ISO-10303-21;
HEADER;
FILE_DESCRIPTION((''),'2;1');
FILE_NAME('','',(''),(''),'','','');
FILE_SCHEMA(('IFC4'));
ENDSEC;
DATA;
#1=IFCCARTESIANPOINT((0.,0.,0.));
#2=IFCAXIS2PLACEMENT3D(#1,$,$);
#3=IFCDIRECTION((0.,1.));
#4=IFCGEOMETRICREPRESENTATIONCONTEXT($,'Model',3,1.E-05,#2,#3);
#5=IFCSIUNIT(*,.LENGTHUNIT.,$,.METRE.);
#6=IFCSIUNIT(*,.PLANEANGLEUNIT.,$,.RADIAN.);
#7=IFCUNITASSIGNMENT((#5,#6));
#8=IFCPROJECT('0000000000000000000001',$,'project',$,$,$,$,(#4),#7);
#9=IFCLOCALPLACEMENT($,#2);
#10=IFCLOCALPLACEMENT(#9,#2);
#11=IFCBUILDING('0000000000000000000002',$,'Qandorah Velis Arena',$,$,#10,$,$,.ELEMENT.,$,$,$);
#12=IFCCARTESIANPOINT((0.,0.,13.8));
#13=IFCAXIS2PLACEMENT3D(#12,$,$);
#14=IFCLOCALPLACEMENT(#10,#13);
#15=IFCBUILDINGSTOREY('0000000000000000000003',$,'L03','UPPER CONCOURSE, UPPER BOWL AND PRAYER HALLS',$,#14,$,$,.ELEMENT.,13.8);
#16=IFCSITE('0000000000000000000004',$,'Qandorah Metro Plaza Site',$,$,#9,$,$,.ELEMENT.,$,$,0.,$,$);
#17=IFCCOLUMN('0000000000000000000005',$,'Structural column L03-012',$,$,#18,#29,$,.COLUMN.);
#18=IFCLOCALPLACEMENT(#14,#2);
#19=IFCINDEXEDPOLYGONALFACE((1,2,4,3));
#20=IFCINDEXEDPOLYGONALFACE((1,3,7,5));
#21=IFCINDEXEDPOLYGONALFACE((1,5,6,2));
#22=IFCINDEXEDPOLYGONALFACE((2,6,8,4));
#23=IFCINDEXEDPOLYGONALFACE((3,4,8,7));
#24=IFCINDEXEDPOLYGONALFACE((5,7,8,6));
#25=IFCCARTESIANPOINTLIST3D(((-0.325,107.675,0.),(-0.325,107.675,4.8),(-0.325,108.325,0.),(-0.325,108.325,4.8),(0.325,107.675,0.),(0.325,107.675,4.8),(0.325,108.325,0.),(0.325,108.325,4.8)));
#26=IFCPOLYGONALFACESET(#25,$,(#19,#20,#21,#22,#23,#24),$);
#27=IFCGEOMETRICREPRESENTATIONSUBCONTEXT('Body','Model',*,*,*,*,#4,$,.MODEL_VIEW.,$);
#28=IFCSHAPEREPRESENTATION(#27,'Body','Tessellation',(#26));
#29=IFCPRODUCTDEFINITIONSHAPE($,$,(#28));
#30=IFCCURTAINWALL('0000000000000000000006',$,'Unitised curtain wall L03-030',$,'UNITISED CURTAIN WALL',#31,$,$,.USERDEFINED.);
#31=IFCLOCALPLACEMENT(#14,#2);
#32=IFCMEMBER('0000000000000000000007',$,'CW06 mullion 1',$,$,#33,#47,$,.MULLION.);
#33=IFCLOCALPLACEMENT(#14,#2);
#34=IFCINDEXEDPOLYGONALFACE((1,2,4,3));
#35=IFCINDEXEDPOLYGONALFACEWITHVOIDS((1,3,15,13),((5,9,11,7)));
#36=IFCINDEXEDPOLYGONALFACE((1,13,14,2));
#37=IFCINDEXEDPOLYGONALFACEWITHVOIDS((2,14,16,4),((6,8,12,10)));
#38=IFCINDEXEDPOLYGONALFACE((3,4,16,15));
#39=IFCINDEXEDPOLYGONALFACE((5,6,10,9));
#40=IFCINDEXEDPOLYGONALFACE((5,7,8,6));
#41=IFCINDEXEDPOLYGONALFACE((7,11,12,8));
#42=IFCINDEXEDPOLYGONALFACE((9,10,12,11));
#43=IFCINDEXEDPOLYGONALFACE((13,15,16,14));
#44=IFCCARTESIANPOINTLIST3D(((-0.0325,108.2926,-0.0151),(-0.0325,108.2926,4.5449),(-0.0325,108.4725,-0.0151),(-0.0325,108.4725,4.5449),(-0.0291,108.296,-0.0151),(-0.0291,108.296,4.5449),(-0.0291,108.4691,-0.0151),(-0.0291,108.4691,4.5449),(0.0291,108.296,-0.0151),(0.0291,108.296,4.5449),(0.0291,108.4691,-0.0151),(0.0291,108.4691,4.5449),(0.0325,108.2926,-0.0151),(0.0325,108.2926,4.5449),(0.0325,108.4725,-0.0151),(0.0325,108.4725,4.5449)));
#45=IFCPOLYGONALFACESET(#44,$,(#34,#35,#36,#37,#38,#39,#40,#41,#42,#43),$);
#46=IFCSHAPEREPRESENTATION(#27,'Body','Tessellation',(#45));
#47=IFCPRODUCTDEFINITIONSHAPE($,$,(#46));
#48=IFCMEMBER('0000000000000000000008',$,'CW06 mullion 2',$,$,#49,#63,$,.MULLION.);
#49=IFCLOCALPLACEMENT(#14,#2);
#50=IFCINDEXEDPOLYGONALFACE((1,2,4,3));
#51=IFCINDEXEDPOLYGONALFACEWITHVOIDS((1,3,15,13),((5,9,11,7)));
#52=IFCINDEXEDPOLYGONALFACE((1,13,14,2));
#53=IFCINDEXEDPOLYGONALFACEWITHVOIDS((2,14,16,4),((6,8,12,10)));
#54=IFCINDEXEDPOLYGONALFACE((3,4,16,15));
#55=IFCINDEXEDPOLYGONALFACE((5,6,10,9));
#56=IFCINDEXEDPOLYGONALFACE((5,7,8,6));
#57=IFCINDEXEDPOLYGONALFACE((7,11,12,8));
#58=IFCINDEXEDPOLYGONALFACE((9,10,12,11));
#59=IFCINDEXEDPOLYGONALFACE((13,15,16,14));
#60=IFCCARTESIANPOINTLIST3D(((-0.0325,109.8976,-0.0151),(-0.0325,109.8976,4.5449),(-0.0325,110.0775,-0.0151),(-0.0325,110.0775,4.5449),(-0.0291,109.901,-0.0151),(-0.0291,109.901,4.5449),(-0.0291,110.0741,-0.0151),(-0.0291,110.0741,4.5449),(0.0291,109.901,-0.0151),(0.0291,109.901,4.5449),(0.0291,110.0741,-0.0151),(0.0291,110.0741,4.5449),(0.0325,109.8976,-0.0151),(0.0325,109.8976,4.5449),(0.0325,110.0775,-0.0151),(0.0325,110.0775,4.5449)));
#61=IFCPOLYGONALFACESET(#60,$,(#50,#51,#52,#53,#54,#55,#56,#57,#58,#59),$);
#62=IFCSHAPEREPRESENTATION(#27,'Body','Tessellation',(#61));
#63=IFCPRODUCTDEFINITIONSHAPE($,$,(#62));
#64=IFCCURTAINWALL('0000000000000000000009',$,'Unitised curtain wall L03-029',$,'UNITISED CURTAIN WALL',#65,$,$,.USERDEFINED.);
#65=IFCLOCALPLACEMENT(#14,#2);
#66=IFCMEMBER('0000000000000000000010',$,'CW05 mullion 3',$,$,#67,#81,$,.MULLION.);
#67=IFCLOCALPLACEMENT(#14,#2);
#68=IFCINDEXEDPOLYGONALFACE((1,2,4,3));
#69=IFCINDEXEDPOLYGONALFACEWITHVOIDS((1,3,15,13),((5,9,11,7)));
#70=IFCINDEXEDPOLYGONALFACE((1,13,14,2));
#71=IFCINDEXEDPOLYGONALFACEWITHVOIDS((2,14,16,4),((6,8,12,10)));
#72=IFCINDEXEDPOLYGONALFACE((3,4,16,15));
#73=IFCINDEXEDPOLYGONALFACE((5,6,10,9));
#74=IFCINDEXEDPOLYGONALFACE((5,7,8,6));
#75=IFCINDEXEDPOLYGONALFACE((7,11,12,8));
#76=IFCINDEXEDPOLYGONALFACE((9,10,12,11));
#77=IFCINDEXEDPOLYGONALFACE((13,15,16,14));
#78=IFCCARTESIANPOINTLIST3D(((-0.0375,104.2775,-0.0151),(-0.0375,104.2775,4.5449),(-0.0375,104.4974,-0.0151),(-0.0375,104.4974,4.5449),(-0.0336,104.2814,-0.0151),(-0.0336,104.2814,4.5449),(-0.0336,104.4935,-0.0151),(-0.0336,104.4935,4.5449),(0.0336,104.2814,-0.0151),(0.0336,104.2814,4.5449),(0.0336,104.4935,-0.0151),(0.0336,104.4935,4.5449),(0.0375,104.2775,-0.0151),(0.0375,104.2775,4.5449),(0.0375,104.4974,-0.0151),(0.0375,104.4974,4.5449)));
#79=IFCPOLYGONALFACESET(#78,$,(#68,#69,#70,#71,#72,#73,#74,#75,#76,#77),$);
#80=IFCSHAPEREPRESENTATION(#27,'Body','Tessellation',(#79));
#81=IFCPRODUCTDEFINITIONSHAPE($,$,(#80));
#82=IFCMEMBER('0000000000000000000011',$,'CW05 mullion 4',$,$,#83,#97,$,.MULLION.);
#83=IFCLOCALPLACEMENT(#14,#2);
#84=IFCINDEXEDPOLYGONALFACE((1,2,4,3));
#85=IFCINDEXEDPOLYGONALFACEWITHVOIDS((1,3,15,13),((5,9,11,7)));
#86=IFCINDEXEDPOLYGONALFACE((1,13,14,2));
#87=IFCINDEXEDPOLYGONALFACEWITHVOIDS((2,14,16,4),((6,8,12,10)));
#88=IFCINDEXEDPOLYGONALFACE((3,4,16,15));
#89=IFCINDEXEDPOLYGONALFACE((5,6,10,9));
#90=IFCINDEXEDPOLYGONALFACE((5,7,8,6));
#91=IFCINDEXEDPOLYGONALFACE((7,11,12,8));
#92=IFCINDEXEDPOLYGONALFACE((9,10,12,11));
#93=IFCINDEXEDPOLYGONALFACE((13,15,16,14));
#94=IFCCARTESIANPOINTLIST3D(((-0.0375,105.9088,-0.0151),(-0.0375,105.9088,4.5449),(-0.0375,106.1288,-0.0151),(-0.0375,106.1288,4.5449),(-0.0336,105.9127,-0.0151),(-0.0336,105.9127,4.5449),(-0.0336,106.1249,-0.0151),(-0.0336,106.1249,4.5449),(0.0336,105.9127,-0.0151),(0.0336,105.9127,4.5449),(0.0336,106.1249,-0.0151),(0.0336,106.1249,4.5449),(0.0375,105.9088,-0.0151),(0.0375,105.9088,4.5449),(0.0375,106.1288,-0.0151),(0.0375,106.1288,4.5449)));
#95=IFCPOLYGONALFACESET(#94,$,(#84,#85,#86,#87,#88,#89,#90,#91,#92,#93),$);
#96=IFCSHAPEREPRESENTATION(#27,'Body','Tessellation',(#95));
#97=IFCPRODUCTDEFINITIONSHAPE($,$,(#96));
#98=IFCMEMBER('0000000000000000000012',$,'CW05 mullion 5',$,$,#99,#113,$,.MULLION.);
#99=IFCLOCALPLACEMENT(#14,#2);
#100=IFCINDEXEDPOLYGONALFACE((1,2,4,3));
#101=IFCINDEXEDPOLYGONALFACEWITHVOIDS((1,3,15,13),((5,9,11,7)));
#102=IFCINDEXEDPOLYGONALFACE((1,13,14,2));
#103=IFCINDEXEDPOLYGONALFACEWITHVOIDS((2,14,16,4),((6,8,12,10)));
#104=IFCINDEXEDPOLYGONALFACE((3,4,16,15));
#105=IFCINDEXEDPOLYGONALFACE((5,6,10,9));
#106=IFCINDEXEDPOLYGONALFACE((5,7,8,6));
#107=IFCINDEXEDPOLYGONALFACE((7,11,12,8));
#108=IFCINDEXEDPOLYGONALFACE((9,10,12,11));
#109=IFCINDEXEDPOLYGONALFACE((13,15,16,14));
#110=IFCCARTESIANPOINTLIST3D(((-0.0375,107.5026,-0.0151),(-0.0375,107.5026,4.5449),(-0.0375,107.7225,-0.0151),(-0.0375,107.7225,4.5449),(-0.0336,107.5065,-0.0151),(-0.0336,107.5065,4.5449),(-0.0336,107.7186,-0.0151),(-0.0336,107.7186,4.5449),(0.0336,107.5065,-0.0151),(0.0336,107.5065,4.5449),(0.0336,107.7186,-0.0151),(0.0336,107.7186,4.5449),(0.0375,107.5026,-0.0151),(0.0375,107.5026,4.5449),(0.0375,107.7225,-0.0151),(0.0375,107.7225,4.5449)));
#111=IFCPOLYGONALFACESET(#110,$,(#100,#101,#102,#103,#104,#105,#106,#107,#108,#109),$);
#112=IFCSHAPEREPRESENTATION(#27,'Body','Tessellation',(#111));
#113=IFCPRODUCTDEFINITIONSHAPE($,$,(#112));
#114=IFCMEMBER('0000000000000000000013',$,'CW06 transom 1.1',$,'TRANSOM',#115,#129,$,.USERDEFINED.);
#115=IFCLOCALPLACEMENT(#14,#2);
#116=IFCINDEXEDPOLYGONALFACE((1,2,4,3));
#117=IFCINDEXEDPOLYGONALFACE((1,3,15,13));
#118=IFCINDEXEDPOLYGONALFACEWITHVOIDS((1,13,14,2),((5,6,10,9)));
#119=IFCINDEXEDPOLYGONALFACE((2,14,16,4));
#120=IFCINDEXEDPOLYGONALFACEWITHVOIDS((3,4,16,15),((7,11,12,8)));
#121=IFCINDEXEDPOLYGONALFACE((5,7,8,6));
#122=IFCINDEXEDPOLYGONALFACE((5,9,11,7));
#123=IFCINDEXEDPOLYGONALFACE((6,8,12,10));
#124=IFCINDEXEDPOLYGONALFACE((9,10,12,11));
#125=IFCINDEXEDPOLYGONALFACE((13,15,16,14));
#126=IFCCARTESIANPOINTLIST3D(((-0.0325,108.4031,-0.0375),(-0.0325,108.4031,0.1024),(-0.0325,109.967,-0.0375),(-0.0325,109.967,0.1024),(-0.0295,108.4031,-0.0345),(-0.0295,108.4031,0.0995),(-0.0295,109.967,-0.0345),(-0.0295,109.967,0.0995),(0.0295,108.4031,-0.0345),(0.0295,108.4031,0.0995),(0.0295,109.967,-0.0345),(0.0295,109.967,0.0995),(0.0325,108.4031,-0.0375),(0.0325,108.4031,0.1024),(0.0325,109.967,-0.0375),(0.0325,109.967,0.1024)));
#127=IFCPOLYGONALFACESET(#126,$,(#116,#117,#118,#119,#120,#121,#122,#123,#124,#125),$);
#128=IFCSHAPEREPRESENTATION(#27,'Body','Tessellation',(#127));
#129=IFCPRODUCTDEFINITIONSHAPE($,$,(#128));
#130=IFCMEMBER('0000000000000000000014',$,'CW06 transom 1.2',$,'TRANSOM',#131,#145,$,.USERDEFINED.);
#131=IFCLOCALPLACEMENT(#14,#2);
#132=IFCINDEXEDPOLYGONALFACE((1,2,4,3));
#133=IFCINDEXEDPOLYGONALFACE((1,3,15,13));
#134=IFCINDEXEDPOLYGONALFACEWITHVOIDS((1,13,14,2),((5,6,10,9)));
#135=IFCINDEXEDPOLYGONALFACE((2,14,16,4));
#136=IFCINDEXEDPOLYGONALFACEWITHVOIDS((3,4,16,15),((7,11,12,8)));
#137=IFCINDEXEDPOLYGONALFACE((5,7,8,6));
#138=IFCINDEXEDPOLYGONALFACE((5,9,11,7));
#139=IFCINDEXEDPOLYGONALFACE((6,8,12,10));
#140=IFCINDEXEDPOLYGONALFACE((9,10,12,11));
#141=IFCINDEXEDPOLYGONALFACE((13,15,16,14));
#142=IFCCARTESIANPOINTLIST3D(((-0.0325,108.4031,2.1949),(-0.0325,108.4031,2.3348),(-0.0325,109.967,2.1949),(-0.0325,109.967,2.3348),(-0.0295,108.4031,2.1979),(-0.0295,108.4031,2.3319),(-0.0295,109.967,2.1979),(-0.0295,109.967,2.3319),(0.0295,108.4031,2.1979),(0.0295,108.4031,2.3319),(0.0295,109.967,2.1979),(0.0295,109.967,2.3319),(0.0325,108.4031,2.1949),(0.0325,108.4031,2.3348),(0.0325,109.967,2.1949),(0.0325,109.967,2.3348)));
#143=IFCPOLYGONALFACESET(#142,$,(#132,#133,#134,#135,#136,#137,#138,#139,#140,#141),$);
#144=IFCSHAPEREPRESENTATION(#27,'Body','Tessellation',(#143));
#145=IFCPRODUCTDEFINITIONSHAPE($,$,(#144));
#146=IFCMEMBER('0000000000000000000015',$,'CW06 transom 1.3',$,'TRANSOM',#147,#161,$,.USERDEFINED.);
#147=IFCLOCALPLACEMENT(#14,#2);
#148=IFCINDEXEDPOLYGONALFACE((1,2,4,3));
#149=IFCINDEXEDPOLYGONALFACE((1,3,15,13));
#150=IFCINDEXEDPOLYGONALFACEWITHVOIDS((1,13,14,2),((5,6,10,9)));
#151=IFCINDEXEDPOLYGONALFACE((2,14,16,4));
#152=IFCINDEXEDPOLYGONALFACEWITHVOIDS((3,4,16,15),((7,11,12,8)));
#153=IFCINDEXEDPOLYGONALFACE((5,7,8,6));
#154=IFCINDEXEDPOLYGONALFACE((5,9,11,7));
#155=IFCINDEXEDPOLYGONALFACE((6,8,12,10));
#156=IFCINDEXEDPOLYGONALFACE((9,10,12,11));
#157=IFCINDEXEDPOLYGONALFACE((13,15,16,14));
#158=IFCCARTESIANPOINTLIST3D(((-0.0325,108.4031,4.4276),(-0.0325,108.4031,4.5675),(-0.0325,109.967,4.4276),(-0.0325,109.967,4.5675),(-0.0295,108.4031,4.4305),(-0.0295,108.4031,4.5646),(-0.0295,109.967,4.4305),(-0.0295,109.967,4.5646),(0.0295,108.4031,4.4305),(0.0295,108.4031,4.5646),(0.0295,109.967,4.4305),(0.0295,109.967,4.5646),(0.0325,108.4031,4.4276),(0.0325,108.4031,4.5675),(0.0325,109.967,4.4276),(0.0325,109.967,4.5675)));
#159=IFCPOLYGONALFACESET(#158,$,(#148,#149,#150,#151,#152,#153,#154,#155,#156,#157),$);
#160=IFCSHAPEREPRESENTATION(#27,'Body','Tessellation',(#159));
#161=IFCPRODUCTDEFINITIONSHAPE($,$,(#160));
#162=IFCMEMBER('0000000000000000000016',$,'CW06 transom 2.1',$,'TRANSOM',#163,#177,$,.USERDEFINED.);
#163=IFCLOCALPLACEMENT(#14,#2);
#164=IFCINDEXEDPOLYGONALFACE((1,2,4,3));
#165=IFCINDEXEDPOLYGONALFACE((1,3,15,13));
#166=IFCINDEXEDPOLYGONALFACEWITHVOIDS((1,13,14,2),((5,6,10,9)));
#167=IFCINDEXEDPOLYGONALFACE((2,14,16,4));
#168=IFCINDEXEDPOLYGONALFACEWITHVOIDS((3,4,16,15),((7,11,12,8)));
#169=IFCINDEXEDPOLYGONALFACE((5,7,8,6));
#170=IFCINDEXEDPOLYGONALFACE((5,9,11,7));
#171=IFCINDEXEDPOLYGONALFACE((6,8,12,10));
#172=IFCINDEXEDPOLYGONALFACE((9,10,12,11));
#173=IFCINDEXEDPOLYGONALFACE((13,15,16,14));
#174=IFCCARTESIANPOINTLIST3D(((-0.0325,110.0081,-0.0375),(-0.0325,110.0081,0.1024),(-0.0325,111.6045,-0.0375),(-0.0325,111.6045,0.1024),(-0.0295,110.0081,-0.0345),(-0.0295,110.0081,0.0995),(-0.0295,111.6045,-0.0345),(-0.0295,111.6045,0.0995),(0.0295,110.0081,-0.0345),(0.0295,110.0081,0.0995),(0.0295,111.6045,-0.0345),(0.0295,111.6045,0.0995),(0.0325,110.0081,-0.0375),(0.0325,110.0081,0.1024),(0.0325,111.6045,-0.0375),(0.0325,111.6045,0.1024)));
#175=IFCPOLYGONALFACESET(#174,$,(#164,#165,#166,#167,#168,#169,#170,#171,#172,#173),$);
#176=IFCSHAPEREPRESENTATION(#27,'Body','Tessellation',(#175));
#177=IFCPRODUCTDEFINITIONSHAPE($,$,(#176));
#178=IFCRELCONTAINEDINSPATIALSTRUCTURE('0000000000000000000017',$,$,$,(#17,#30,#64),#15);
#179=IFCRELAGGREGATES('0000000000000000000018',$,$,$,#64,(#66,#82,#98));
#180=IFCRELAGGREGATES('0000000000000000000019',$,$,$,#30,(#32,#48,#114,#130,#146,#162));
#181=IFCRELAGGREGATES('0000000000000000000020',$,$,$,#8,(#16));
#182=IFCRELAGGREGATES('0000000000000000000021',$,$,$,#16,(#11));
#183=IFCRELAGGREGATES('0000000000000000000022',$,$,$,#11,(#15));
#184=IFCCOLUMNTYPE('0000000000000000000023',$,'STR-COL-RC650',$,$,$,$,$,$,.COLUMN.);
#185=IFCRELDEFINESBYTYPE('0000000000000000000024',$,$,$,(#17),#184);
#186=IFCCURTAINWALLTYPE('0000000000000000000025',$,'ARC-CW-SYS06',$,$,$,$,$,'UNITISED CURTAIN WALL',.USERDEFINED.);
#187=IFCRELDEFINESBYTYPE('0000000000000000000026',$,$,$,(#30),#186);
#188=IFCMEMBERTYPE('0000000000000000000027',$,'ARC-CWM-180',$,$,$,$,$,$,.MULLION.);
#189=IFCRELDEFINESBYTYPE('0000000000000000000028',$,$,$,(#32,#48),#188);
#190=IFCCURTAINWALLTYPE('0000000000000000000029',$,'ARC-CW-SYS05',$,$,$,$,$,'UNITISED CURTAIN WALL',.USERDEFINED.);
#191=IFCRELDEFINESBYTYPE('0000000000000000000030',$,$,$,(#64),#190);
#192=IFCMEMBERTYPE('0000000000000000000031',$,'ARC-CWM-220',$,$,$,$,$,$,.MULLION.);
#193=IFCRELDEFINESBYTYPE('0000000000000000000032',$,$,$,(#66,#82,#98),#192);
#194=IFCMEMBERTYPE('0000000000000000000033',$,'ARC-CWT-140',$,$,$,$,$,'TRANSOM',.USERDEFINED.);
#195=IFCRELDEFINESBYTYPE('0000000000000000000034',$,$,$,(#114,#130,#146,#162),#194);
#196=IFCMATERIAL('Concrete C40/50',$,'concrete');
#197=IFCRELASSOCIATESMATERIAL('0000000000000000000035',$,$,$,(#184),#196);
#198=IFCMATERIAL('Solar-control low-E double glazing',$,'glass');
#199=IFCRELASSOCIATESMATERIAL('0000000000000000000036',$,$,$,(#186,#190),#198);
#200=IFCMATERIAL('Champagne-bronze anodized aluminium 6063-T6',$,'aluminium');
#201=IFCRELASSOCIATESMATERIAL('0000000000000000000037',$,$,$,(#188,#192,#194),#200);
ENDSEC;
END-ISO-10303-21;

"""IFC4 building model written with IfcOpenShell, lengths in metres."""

from ifc_helpers import new_model, si_unit, direction, frame, origin, origin_2d, place, context, subcontext, project, spatial, rectangle, hollow_rectangle, extrude, material, material_profile, profile_set, type_object, element, aggregate, save


model = new_model("IFC4")

# Units and contexts
model_context = context("Model", 3, precision=1e-05, world=origin(), true_north=direction((0.0, 1.0)))
body_context = subcontext(model_context, "Body", "Model", "MODEL_VIEW")
ifc_project = project(units=[si_unit("LENGTHUNIT", "METRE"), si_unit("PLANEANGLEUNIT", "RADIAN")], contexts=[model_context])

# Site, building, storey
site_placement = place(None, origin())
site = spatial("IfcSite", under=ifc_project, at=site_placement, Name="Qandorah Metro Plaza Site", CompositionType="ELEMENT", RefElevation=0.0)
building_placement = place(site_placement, origin())
building = spatial("IfcBuilding", under=site, at=building_placement, Name="Qandorah Velis Arena", CompositionType="ELEMENT")
storey_placement = place(building_placement, frame((0.0, 0.0, 13.8)))
storey = spatial("IfcBuildingStorey", under=building, at=storey_placement, Name="L03", Description="UPPER CONCOURSE, UPPER BOWL AND PRAYER HALLS", CompositionType="ELEMENT", Elevation=13.8)

# Column
ifc_material_1 = material(Name="Concrete C40/50", Category="concrete")
ifc_material_profile_1 = material_profile(ifc_material_1, rectangle(XDim=0.6499, YDim=0.6499, at=origin_2d()), Name="RC COL 650x650")
ifc_profile_set_1 = profile_set([ifc_material_profile_1], Name="Concrete C40/50")
column_type = type_object("IfcColumnType", Name="STR-COL-RC650", PredefinedType="COLUMN", material=ifc_profile_set_1)
column_placement = place(storey_placement, frame((0.0, 108.0, 0.0), z_axis=(0.0, 0.0, 1.0), x_axis=(1.0, 0.0, 0.0)))
element("IfcColumn", 1, at=column_placement, inside=storey, type_object=column_type, Name="Structural column L03-012", PredefinedType="COLUMN", context=body_context, shape_type="SweptSolid", body=[
    extrude(rectangle(XDim=0.6499, YDim=0.6499, at=origin_2d()), origin(), (0.0, 0.0, 1.0), 4.8),
])

# Curtain walls, members
ifc_material_2 = material(Name="Solar-control low-E double glazing", Category="glass")
curtain_wall_type_1 = type_object("IfcCurtainWallType", Name="ARC-CW-SYS06", ElementType="UNITISED CURTAIN WALL", PredefinedType="USERDEFINED", material=ifc_material_2)
curtain_wall_1_placement = place(storey_placement, origin())
curtain_wall_1 = element("IfcCurtainWall", 2, at=curtain_wall_1_placement, inside=storey, type_object=curtain_wall_type_1, Name="Unitised curtain wall L03-030", ObjectType="UNITISED CURTAIN WALL", PredefinedType="USERDEFINED")
ifc_material_3 = material(Name="Champagne-bronze anodized aluminium 6063-T6", Category="aluminium")
ifc_material_profile_2 = material_profile(ifc_material_3, hollow_rectangle(XDim=0.0649, YDim=0.1799, WallThickness=0.0034, at=origin_2d()), Name="ALU MULLION 65x180")
ifc_profile_set_2 = profile_set([ifc_material_profile_2], Name="Champagne-bronze anodized aluminium 6063-T6")
member_type_1 = type_object("IfcMemberType", Name="ARC-CWM-180", PredefinedType="MULLION", material=ifc_profile_set_2)
member_1_placement = place(storey_placement, frame((0.0, 108.3826, -0.0151), z_axis=(0.0, 0.0, 1.0), x_axis=(-1.0, 0.0, 0.0)))
member_1 = element("IfcMember", 3, at=member_1_placement, type_object=member_type_1, Name="CW06 mullion 1", PredefinedType="MULLION", context=body_context, shape_type="SweptSolid", body=[
    extrude(hollow_rectangle(XDim=0.0649, YDim=0.1799, WallThickness=0.0034, at=origin_2d()), origin(), (0.0, 0.0, 1.0), 4.5601),
])
member_2_placement = place(storey_placement, frame((0.0, 109.9875, -0.0151), z_axis=(0.0, 0.0, 1.0), x_axis=(-1.0, 0.0, 0.0)))
member_2 = element("IfcMember", 4, at=member_2_placement, type_object=member_type_1, Name="CW06 mullion 2", PredefinedType="MULLION", context=body_context, shape_type="SweptSolid", body=[
    extrude(hollow_rectangle(XDim=0.0649, YDim=0.1799, WallThickness=0.0034, at=origin_2d()), origin(), (0.0, 0.0, 1.0), 4.5601),
])
curtain_wall_type_2 = type_object("IfcCurtainWallType", Name="ARC-CW-SYS05", ElementType="UNITISED CURTAIN WALL", PredefinedType="USERDEFINED", material=ifc_material_2)
curtain_wall_2_placement = place(storey_placement, origin())
curtain_wall_2 = element("IfcCurtainWall", 5, at=curtain_wall_2_placement, inside=storey, type_object=curtain_wall_type_2, Name="Unitised curtain wall L03-029", ObjectType="UNITISED CURTAIN WALL", PredefinedType="USERDEFINED")
ifc_material_profile_3 = material_profile(ifc_material_3, hollow_rectangle(XDim=0.075, YDim=0.22, WallThickness=0.0039, at=origin_2d()), Name="ALU MULLION 75x220")
ifc_profile_set_3 = profile_set([ifc_material_profile_3], Name="Champagne-bronze anodized aluminium 6063-T6")
member_type_2 = type_object("IfcMemberType", Name="ARC-CWM-220", PredefinedType="MULLION", material=ifc_profile_set_3)
member_3_placement = place(storey_placement, frame((0.0, 104.3875, -0.0151), z_axis=(0.0, 0.0, 1.0), x_axis=(-1.0, 0.0, 0.0)))
member_3 = element("IfcMember", 6, at=member_3_placement, type_object=member_type_2, Name="CW05 mullion 3", PredefinedType="MULLION", context=body_context, shape_type="SweptSolid", body=[
    extrude(hollow_rectangle(XDim=0.075, YDim=0.22, WallThickness=0.0039, at=origin_2d()), origin(), (0.0, 0.0, 1.0), 4.5601),
])
member_4_placement = place(storey_placement, frame((0.0, 106.0188, -0.0151), z_axis=(0.0, 0.0, 1.0), x_axis=(-1.0, 0.0, 0.0)))
member_4 = element("IfcMember", 7, at=member_4_placement, type_object=member_type_2, Name="CW05 mullion 4", PredefinedType="MULLION", context=body_context, shape_type="SweptSolid", body=[
    extrude(hollow_rectangle(XDim=0.075, YDim=0.22, WallThickness=0.0039, at=origin_2d()), origin(), (0.0, 0.0, 1.0), 4.5601),
])
member_5_placement = place(storey_placement, frame((0.0, 107.6125, -0.0151), z_axis=(0.0, 0.0, 1.0), x_axis=(-1.0, 0.0, 0.0)))
member_5 = element("IfcMember", 8, at=member_5_placement, type_object=member_type_2, Name="CW05 mullion 5", PredefinedType="MULLION", context=body_context, shape_type="SweptSolid", body=[
    extrude(hollow_rectangle(XDim=0.075, YDim=0.22, WallThickness=0.0039, at=origin_2d()), origin(), (0.0, 0.0, 1.0), 4.5601),
])

# Members
ifc_material_profile_4 = material_profile(ifc_material_3, hollow_rectangle(XDim=0.0649, YDim=0.1399, WallThickness=0.0029, at=origin_2d()), Name="ALU TRANSOM 65x140")
ifc_profile_set_4 = profile_set([ifc_material_profile_4], Name="Champagne-bronze anodized aluminium 6063-T6")
member_type_3 = type_object("IfcMemberType", Name="ARC-CWT-140", ElementType="TRANSOM", PredefinedType="USERDEFINED", material=ifc_profile_set_4)
member_6_placement = place(storey_placement, frame((0.0, 108.4031, 0.0325), z_axis=(0.0, 1.0, 0.0), x_axis=(-1.0, 0.0, 0.0)))
member_6 = element("IfcMember", 9, at=member_6_placement, type_object=member_type_3, Name="CW06 transom 1.1", ObjectType="TRANSOM", PredefinedType="USERDEFINED", context=body_context, shape_type="SweptSolid", body=[
    extrude(hollow_rectangle(XDim=0.0649, YDim=0.1399, WallThickness=0.0029, at=origin_2d()), origin(), (0.0, 0.0, 1.0), 1.564),
])
member_7_placement = place(storey_placement, frame((0.0, 108.4031, 2.2649), z_axis=(0.0, 1.0, 0.0), x_axis=(-1.0, 0.0, 0.0)))
member_7 = element("IfcMember", 10, at=member_7_placement, type_object=member_type_3, Name="CW06 transom 1.2", ObjectType="TRANSOM", PredefinedType="USERDEFINED", context=body_context, shape_type="SweptSolid", body=[
    extrude(hollow_rectangle(XDim=0.0649, YDim=0.1399, WallThickness=0.0029, at=origin_2d()), origin(), (0.0, 0.0, 1.0), 1.564),
])
member_8_placement = place(storey_placement, frame((0.0, 108.4031, 4.4976), z_axis=(0.0, 1.0, 0.0), x_axis=(-1.0, 0.0, 0.0)))
member_8 = element("IfcMember", 11, at=member_8_placement, type_object=member_type_3, Name="CW06 transom 1.3", ObjectType="TRANSOM", PredefinedType="USERDEFINED", context=body_context, shape_type="SweptSolid", body=[
    extrude(hollow_rectangle(XDim=0.0649, YDim=0.1399, WallThickness=0.0029, at=origin_2d()), origin(), (0.0, 0.0, 1.0), 1.564),
])
member_9_placement = place(storey_placement, frame((0.0, 110.0081, 0.0325), z_axis=(0.0, 1.0, 0.0), x_axis=(-1.0, 0.0, 0.0)))
member_9 = element("IfcMember", 12, at=member_9_placement, type_object=member_type_3, Name="CW06 transom 2.1", ObjectType="TRANSOM", PredefinedType="USERDEFINED", context=body_context, shape_type="SweptSolid", body=[
    extrude(hollow_rectangle(XDim=0.0649, YDim=0.1399, WallThickness=0.0029, at=origin_2d()), origin(), (0.0, 0.0, 1.0), 1.5964),
])

aggregate(curtain_wall_2, [member_3, member_4, member_5])
aggregate(curtain_wall_1, [member_1, member_2, member_6, member_7, member_8, member_9])

save(model, "model.ifc")
